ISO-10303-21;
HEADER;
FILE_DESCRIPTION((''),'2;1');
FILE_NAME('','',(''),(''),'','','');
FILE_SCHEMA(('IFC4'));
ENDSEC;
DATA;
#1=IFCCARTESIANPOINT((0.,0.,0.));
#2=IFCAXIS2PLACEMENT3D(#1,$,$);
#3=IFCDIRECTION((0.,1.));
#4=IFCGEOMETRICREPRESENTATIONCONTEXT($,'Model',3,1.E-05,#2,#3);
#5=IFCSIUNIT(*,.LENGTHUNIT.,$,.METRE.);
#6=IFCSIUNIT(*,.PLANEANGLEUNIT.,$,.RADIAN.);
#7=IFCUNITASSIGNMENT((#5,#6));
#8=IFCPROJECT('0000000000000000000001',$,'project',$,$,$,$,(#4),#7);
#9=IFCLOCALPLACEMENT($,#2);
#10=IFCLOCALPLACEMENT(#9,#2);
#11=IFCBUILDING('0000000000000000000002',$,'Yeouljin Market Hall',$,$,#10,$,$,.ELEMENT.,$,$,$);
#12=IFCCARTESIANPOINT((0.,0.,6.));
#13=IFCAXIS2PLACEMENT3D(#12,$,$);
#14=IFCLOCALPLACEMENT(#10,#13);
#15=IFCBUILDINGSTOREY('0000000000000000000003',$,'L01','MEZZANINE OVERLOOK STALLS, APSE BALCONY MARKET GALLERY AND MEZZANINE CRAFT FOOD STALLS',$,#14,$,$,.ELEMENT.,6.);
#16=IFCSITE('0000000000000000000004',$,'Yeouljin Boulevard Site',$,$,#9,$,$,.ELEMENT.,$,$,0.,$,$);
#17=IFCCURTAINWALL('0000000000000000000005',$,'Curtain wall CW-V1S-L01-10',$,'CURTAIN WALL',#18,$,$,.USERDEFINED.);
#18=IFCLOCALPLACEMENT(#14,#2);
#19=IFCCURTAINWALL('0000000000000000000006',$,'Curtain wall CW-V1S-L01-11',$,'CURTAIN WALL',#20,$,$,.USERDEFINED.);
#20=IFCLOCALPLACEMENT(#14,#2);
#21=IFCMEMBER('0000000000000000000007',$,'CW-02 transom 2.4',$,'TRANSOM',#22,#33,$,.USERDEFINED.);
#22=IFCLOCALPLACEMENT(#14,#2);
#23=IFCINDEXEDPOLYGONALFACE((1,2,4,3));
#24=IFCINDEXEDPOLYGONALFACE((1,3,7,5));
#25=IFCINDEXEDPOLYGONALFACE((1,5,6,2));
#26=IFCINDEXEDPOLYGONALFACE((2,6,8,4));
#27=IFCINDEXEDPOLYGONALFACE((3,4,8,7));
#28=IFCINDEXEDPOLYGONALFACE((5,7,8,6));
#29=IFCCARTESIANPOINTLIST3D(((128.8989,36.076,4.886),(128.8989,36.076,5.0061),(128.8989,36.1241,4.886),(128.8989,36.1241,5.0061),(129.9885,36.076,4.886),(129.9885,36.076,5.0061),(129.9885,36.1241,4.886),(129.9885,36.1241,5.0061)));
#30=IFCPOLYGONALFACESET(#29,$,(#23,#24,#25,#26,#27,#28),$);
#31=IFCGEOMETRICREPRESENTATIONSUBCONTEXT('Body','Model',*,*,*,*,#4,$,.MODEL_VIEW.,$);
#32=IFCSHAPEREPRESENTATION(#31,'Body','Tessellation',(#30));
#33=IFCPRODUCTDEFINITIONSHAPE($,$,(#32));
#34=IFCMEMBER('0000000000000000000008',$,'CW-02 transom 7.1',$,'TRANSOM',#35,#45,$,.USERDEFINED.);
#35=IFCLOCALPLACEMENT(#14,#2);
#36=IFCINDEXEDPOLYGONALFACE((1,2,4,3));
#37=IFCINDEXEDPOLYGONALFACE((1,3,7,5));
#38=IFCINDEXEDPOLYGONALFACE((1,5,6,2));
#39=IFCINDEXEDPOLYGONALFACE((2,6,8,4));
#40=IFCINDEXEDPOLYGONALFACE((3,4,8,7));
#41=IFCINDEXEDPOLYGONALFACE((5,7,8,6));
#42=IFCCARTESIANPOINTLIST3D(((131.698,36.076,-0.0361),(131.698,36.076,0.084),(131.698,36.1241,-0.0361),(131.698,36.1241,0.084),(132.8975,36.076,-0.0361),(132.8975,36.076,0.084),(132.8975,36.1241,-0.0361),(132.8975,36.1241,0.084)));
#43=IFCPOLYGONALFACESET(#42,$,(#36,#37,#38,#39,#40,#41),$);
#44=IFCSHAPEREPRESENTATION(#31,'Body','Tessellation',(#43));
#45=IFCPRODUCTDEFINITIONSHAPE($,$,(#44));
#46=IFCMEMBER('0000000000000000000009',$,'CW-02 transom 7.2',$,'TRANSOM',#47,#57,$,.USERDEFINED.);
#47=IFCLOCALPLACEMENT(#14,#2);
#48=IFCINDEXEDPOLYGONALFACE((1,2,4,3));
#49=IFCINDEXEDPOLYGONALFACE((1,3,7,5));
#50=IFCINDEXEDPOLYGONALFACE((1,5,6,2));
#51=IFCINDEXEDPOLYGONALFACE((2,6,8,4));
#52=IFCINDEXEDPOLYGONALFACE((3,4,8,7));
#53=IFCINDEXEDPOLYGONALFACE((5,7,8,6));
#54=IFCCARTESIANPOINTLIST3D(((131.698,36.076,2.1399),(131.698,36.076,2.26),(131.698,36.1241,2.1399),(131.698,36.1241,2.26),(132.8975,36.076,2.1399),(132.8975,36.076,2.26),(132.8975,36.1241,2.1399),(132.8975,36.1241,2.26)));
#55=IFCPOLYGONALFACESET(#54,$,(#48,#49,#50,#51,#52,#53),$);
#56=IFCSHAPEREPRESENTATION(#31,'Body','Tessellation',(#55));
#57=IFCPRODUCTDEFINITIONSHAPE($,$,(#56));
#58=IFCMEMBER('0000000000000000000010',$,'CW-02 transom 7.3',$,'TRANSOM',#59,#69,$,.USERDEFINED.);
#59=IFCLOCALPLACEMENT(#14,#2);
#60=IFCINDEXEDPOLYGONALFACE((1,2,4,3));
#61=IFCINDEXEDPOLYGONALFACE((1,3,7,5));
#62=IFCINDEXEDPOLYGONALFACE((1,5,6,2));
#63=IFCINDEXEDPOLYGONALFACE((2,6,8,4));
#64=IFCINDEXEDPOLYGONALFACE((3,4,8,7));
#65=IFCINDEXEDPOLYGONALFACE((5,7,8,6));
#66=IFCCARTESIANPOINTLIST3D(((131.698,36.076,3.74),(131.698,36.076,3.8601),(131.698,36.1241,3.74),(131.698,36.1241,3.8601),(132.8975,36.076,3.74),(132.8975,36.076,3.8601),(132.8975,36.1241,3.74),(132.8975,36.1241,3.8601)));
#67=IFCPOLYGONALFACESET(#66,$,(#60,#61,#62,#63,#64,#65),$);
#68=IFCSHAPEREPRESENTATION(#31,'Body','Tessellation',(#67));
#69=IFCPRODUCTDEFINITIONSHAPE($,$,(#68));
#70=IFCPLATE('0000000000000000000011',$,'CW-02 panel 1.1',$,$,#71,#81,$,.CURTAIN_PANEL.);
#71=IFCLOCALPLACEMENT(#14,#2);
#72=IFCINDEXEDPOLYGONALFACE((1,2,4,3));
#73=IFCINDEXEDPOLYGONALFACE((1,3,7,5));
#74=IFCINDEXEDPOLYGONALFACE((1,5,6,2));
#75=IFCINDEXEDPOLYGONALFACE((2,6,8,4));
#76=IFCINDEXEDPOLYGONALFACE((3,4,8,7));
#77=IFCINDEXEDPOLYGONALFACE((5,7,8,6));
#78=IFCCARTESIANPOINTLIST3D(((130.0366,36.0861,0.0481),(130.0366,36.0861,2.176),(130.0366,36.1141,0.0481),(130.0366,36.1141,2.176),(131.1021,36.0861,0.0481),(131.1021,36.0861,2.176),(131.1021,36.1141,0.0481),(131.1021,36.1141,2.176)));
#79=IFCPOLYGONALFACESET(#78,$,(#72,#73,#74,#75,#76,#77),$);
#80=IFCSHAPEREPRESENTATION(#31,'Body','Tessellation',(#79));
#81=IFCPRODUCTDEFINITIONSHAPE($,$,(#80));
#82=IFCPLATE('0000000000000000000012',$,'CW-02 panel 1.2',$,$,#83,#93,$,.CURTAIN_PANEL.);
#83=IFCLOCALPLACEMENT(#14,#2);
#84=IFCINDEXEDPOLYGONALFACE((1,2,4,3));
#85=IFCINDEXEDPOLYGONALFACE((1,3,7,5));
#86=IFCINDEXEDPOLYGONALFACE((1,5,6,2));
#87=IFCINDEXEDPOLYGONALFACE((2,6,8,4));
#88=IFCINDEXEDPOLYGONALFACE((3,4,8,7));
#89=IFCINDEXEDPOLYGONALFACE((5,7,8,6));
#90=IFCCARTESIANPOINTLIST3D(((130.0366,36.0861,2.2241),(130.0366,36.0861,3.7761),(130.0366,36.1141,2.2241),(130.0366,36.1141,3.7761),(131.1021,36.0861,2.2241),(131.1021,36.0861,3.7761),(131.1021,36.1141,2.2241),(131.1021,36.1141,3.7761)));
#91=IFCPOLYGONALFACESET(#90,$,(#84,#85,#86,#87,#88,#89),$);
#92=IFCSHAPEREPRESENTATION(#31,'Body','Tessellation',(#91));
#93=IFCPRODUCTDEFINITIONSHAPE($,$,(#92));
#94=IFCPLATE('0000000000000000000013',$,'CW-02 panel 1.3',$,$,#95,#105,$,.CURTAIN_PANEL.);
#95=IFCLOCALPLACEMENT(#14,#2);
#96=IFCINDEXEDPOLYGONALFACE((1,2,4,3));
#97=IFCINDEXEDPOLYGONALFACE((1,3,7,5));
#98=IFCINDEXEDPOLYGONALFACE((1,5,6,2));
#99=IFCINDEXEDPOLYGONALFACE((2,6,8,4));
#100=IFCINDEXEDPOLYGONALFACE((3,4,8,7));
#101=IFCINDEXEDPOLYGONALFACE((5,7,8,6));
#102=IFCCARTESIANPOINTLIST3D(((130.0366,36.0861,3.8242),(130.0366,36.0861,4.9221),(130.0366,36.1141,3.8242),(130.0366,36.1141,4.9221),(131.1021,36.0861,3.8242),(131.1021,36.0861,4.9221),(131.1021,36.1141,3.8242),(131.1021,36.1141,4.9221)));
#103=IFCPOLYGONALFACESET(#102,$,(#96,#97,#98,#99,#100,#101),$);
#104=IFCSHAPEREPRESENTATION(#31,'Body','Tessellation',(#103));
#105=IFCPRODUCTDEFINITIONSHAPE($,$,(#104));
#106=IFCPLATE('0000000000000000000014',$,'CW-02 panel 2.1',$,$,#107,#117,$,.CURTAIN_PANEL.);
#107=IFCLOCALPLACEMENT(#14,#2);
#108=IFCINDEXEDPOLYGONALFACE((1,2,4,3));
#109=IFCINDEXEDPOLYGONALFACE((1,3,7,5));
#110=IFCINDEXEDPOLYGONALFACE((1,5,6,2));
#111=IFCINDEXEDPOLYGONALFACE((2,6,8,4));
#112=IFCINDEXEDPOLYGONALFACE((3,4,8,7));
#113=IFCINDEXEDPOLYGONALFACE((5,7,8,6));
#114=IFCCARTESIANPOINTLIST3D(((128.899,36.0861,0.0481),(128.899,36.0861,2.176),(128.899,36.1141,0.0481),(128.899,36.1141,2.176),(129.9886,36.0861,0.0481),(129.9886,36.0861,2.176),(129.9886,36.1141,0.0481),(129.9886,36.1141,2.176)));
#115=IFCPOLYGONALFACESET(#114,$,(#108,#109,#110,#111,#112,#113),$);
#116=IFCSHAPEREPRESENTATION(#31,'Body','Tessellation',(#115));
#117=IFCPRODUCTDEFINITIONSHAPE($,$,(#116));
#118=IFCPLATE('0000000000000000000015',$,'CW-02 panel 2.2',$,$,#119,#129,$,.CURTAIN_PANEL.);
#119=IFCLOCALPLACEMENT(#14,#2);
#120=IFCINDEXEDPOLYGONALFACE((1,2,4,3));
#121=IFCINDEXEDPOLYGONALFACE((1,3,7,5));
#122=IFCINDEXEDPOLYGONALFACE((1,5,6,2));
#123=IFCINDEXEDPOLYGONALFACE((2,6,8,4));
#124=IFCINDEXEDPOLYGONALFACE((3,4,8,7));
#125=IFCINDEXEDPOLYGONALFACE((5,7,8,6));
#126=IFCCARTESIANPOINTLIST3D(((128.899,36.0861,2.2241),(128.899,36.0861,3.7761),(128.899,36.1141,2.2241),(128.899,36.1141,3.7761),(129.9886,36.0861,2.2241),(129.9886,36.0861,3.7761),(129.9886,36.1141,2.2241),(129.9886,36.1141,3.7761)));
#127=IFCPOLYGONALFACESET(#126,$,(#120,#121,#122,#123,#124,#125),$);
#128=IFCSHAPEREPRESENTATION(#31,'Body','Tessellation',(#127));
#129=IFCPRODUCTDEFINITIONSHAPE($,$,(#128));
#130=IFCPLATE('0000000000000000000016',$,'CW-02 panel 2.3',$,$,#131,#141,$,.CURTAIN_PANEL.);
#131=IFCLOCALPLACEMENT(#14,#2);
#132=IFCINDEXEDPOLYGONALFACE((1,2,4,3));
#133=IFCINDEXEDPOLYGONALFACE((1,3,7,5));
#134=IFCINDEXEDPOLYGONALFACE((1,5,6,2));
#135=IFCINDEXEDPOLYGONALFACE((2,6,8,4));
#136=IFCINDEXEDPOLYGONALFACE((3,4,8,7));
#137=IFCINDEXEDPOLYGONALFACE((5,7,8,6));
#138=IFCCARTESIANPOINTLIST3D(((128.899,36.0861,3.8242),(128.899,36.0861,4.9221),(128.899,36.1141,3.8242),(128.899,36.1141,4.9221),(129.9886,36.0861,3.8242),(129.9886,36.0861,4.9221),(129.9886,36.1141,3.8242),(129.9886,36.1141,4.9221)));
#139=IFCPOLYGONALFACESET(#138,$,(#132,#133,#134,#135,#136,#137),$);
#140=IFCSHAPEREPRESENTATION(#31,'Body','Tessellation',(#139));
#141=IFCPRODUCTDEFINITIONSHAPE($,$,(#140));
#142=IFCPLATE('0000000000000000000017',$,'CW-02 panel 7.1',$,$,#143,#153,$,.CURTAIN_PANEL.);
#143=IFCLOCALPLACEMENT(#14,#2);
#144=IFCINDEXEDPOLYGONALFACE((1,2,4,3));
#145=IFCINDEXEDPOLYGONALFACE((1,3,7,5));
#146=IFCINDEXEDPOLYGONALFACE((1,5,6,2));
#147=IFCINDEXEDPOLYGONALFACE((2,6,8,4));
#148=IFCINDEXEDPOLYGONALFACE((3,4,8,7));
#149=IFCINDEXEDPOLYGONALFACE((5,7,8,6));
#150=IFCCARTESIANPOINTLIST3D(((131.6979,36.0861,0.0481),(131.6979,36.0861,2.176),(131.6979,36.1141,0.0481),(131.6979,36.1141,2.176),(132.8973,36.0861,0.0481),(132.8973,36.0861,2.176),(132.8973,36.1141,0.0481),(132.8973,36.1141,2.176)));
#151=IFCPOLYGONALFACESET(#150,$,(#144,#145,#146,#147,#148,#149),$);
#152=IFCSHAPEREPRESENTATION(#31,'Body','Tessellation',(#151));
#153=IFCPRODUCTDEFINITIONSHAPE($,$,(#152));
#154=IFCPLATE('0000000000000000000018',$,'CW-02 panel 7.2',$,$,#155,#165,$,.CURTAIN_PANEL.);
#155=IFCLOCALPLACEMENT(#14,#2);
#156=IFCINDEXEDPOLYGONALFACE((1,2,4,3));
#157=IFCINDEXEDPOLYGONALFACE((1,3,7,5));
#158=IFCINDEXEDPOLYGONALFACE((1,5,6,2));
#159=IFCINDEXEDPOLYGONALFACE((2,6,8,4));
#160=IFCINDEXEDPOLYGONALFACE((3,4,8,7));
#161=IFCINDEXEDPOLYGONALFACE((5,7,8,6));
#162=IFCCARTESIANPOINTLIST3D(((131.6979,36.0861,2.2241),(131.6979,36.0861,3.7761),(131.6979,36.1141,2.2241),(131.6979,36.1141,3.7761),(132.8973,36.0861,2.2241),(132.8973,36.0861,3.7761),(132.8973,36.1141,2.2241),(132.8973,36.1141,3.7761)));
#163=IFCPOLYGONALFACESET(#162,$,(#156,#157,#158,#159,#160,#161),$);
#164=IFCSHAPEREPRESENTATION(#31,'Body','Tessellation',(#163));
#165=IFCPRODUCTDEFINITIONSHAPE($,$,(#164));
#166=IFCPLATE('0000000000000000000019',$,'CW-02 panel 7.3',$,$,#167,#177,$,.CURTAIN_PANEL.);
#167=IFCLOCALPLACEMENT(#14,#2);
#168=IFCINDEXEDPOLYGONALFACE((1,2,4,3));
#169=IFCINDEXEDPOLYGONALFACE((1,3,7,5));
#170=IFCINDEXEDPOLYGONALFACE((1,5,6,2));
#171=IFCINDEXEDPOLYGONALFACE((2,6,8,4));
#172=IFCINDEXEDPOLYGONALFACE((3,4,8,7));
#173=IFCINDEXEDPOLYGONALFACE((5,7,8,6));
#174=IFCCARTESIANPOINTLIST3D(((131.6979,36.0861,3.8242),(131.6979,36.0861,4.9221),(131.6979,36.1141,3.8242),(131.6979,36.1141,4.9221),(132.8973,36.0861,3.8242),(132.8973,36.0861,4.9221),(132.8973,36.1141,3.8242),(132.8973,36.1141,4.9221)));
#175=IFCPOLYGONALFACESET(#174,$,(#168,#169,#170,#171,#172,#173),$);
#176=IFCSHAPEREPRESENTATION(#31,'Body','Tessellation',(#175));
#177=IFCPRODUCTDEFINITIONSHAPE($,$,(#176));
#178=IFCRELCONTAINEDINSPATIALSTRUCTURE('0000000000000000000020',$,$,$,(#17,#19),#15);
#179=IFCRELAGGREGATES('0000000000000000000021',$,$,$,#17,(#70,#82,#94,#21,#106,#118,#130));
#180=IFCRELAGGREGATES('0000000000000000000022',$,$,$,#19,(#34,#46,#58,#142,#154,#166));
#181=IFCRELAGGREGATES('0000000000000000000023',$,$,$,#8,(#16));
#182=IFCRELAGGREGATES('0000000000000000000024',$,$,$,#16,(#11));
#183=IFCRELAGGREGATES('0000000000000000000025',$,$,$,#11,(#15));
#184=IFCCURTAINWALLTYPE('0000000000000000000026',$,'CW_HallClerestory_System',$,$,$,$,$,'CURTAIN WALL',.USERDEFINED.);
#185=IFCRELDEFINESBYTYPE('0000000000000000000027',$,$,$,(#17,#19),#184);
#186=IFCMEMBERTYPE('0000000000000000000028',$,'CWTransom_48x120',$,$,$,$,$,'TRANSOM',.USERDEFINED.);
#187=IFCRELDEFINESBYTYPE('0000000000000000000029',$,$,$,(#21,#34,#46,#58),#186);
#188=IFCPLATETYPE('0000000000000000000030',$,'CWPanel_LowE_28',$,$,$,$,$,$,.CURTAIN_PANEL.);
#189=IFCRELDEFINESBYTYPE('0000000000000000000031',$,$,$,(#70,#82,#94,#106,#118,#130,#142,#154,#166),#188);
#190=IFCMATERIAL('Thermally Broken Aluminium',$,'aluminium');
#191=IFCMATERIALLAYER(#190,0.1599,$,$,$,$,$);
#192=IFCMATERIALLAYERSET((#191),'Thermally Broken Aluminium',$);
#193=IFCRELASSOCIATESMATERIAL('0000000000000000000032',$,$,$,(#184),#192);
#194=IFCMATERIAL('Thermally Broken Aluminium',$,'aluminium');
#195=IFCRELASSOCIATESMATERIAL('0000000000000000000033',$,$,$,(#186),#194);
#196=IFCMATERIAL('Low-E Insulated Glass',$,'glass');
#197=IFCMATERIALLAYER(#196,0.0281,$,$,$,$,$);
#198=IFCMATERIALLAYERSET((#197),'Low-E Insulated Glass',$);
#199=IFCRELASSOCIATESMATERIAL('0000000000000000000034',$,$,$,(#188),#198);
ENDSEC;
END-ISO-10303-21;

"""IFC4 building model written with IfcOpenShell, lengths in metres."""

from ifc_helpers import new_model, si_unit, direction, frame, origin, origin_2d, place, context, subcontext, project, spatial, rectangle, extrude, material, layer, layer_set, material_profile, profile_set, type_object, element, aggregate, save


model = new_model("IFC4")

# Units and contexts
model_context = context("Model", 3, precision=1e-05, world=origin(), true_north=direction((0.0, 1.0)))
body_context = subcontext(model_context, "Body", "Model", "MODEL_VIEW")
ifc_project = project(units=[si_unit("LENGTHUNIT", "METRE"), si_unit("PLANEANGLEUNIT", "RADIAN")], contexts=[model_context])

# Site, building, storey
site_placement = place(None, origin())
site = spatial("IfcSite", under=ifc_project, at=site_placement, Name="Yeouljin Boulevard Site", CompositionType="ELEMENT", RefElevation=0.0)
building_placement = place(site_placement, origin())
building = spatial("IfcBuilding", under=site, at=building_placement, Name="Yeouljin Market Hall", CompositionType="ELEMENT")
storey_placement = place(building_placement, frame((0.0, 0.0, 6.0)))
storey = spatial("IfcBuildingStorey", under=building, at=storey_placement, Name="L01", Description="MEZZANINE OVERLOOK STALLS, APSE BALCONY MARKET GALLERY AND MEZZANINE CRAFT FOOD STALLS", CompositionType="ELEMENT", Elevation=6.0)

# Curtain wall
ifc_material_1 = material(Name="Thermally Broken Aluminium", Category="aluminium")
ifc_layer_1 = layer(ifc_material_1, 0.1599)
ifc_layer_set_1 = layer_set([ifc_layer_1], Name="Thermally Broken Aluminium")
curtain_wall_type = type_object("IfcCurtainWallType", Name="CW_HallClerestory_System", ElementType="CURTAIN WALL", PredefinedType="USERDEFINED", material=ifc_layer_set_1)
curtain_wall_1_placement = place(storey_placement, origin())
curtain_wall_1 = element("IfcCurtainWall", 1, at=curtain_wall_1_placement, inside=storey, type_object=curtain_wall_type, Name="Curtain wall CW-V1S-L01-10", ObjectType="CURTAIN WALL", PredefinedType="USERDEFINED")

# Curtain wall
curtain_wall_2_placement = place(storey_placement, origin())
curtain_wall_2 = element("IfcCurtainWall", 2, at=curtain_wall_2_placement, inside=storey, type_object=curtain_wall_type, Name="Curtain wall CW-V1S-L01-11", ObjectType="CURTAIN WALL", PredefinedType="USERDEFINED")

# Members
ifc_material_2 = material(Name="Thermally Broken Aluminium", Category="aluminium")
ifc_material_profile_1 = material_profile(ifc_material_2, rectangle(XDim=0.0481, YDim=0.1201, at=origin_2d()), Name="CW-TRAN-48x120")
ifc_profile_set_1 = profile_set([ifc_material_profile_1], Name="Thermally Broken Aluminium")
member_type_1 = type_object("IfcMemberType", Name="CWTransom_48x120", ElementType="TRANSOM", PredefinedType="USERDEFINED", material=ifc_profile_set_1)
member_1_placement = place(storey_placement, frame((129.9885, 36.1001, 4.946), z_axis=(-1.0, 0.0, 0.0), x_axis=(0.0, -1.0, 0.0)))
member_1 = element("IfcMember", 3, at=member_1_placement, type_object=member_type_1, Name="CW-02 transom 2.4", ObjectType="TRANSOM", PredefinedType="USERDEFINED", context=body_context, shape_type="SweptSolid", body=[
    extrude(rectangle(XDim=0.0481, YDim=0.1201, at=origin_2d()), origin(), (0.0, 0.0, 1.0), 1.0896),
])
member_2_placement = place(storey_placement, frame((132.8975, 36.1001, 0.0239), z_axis=(-1.0, 0.0, 0.0), x_axis=(0.0, -1.0, 0.0)))
member_2 = element("IfcMember", 4, at=member_2_placement, type_object=member_type_1, Name="CW-02 transom 7.1", ObjectType="TRANSOM", PredefinedType="USERDEFINED", context=body_context, shape_type="SweptSolid", body=[
    extrude(rectangle(XDim=0.0481, YDim=0.1201, at=origin_2d()), origin(), (0.0, 0.0, 1.0), 1.1995),
])
member_3_placement = place(storey_placement, frame((132.8975, 36.1001, 2.2), z_axis=(-1.0, 0.0, 0.0), x_axis=(0.0, -1.0, 0.0)))
member_3 = element("IfcMember", 5, at=member_3_placement, type_object=member_type_1, Name="CW-02 transom 7.2", ObjectType="TRANSOM", PredefinedType="USERDEFINED", context=body_context, shape_type="SweptSolid", body=[
    extrude(rectangle(XDim=0.0481, YDim=0.1201, at=origin_2d()), origin(), (0.0, 0.0, 1.0), 1.1995),
])
member_4_placement = place(storey_placement, frame((132.8975, 36.1001, 3.8), z_axis=(-1.0, 0.0, 0.0), x_axis=(0.0, -1.0, 0.0)))
member_4 = element("IfcMember", 6, at=member_4_placement, type_object=member_type_1, Name="CW-02 transom 7.3", ObjectType="TRANSOM", PredefinedType="USERDEFINED", context=body_context, shape_type="SweptSolid", body=[
    extrude(rectangle(XDim=0.0481, YDim=0.1201, at=origin_2d()), origin(), (0.0, 0.0, 1.0), 1.1995),
])

# Plates
ifc_material_3 = material(Name="Low-E Insulated Glass", Category="glass")
ifc_layer_2 = layer(ifc_material_3, 0.0281)
ifc_layer_set_2 = layer_set([ifc_layer_2], Name="Low-E Insulated Glass")
plate_type = type_object("IfcPlateType", Name="CWPanel_LowE_28", PredefinedType="CURTAIN_PANEL", material=ifc_layer_set_2)
plate_1_placement = place(storey_placement, frame((130.5693, 36.1001, 0.0481), z_axis=(0.0, 0.0, 1.0), x_axis=(-1.0, 0.0, 0.0)))
plate_1 = element("IfcPlate", 7, at=plate_1_placement, type_object=plate_type, Name="CW-02 panel 1.1", PredefinedType="CURTAIN_PANEL", context=body_context, shape_type="SweptSolid", body=[
    extrude(rectangle(XDim=1.0654, YDim=0.0281, at=origin_2d()), origin(), (0.0, 0.0, 1.0), 2.1279),
])
plate_2_placement = place(storey_placement, frame((130.5693, 36.1001, 2.2241), z_axis=(0.0, 0.0, 1.0), x_axis=(-1.0, 0.0, 0.0)))
plate_2 = element("IfcPlate", 8, at=plate_2_placement, type_object=plate_type, Name="CW-02 panel 1.2", PredefinedType="CURTAIN_PANEL", context=body_context, shape_type="SweptSolid", body=[
    extrude(rectangle(XDim=1.0654, YDim=0.0281, at=origin_2d()), origin(), (0.0, 0.0, 1.0), 1.552),
])
plate_3_placement = place(storey_placement, frame((130.5693, 36.1001, 3.8242), z_axis=(0.0, 0.0, 1.0), x_axis=(-1.0, 0.0, 0.0)))
plate_3 = element("IfcPlate", 9, at=plate_3_placement, type_object=plate_type, Name="CW-02 panel 1.3", PredefinedType="CURTAIN_PANEL", context=body_context, shape_type="SweptSolid", body=[
    extrude(rectangle(XDim=1.0654, YDim=0.0281, at=origin_2d()), origin(), (0.0, 0.0, 1.0), 1.0979),
])
plate_4_placement = place(storey_placement, frame((129.4438, 36.1001, 0.0481), z_axis=(0.0, 0.0, 1.0), x_axis=(-1.0, 0.0, 0.0)))
plate_4 = element("IfcPlate", 10, at=plate_4_placement, type_object=plate_type, Name="CW-02 panel 2.1", PredefinedType="CURTAIN_PANEL", context=body_context, shape_type="SweptSolid", body=[
    extrude(rectangle(XDim=1.0896, YDim=0.0281, at=origin_2d()), origin(), (0.0, 0.0, 1.0), 2.1279),
])
plate_5_placement = place(storey_placement, frame((129.4438, 36.1001, 2.2241), z_axis=(0.0, 0.0, 1.0), x_axis=(-1.0, 0.0, 0.0)))
plate_5 = element("IfcPlate", 11, at=plate_5_placement, type_object=plate_type, Name="CW-02 panel 2.2", PredefinedType="CURTAIN_PANEL", context=body_context, shape_type="SweptSolid", body=[
    extrude(rectangle(XDim=1.0896, YDim=0.0281, at=origin_2d()), origin(), (0.0, 0.0, 1.0), 1.552),
])
plate_6_placement = place(storey_placement, frame((129.4438, 36.1001, 3.8242), z_axis=(0.0, 0.0, 1.0), x_axis=(-1.0, 0.0, 0.0)))
plate_6 = element("IfcPlate", 12, at=plate_6_placement, type_object=plate_type, Name="CW-02 panel 2.3", PredefinedType="CURTAIN_PANEL", context=body_context, shape_type="SweptSolid", body=[
    extrude(rectangle(XDim=1.0896, YDim=0.0281, at=origin_2d()), origin(), (0.0, 0.0, 1.0), 1.0979),
])
aggregate(curtain_wall_1, [plate_1, plate_2, plate_3, member_1, plate_4, plate_5, plate_6])
plate_7_placement = place(storey_placement, frame((132.2976, 36.1001, 0.0481), z_axis=(0.0, 0.0, 1.0), x_axis=(-1.0, 0.0, 0.0)))
plate_7 = element("IfcPlate", 13, at=plate_7_placement, type_object=plate_type, Name="CW-02 panel 7.1", PredefinedType="CURTAIN_PANEL", context=body_context, shape_type="SweptSolid", body=[
    extrude(rectangle(XDim=1.1995, YDim=0.0281, at=origin_2d()), origin(), (0.0, 0.0, 1.0), 2.1279),
])
plate_8_placement = place(storey_placement, frame((132.2976, 36.1001, 2.2241), z_axis=(0.0, 0.0, 1.0), x_axis=(-1.0, 0.0, 0.0)))
plate_8 = element("IfcPlate", 14, at=plate_8_placement, type_object=plate_type, Name="CW-02 panel 7.2", PredefinedType="CURTAIN_PANEL", context=body_context, shape_type="SweptSolid", body=[
    extrude(rectangle(XDim=1.1995, YDim=0.0281, at=origin_2d()), origin(), (0.0, 0.0, 1.0), 1.552),
])
plate_9_placement = place(storey_placement, frame((132.2976, 36.1001, 3.8242), z_axis=(0.0, 0.0, 1.0), x_axis=(-1.0, 0.0, 0.0)))
plate_9 = element("IfcPlate", 15, at=plate_9_placement, type_object=plate_type, Name="CW-02 panel 7.3", PredefinedType="CURTAIN_PANEL", context=body_context, shape_type="SweptSolid", body=[
    extrude(rectangle(XDim=1.1995, YDim=0.0281, at=origin_2d()), origin(), (0.0, 0.0, 1.0), 1.0979),
])
aggregate(curtain_wall_2, [member_2, member_3, member_4, plate_7, plate_8, plate_9])

save(model, "model.ifc")
